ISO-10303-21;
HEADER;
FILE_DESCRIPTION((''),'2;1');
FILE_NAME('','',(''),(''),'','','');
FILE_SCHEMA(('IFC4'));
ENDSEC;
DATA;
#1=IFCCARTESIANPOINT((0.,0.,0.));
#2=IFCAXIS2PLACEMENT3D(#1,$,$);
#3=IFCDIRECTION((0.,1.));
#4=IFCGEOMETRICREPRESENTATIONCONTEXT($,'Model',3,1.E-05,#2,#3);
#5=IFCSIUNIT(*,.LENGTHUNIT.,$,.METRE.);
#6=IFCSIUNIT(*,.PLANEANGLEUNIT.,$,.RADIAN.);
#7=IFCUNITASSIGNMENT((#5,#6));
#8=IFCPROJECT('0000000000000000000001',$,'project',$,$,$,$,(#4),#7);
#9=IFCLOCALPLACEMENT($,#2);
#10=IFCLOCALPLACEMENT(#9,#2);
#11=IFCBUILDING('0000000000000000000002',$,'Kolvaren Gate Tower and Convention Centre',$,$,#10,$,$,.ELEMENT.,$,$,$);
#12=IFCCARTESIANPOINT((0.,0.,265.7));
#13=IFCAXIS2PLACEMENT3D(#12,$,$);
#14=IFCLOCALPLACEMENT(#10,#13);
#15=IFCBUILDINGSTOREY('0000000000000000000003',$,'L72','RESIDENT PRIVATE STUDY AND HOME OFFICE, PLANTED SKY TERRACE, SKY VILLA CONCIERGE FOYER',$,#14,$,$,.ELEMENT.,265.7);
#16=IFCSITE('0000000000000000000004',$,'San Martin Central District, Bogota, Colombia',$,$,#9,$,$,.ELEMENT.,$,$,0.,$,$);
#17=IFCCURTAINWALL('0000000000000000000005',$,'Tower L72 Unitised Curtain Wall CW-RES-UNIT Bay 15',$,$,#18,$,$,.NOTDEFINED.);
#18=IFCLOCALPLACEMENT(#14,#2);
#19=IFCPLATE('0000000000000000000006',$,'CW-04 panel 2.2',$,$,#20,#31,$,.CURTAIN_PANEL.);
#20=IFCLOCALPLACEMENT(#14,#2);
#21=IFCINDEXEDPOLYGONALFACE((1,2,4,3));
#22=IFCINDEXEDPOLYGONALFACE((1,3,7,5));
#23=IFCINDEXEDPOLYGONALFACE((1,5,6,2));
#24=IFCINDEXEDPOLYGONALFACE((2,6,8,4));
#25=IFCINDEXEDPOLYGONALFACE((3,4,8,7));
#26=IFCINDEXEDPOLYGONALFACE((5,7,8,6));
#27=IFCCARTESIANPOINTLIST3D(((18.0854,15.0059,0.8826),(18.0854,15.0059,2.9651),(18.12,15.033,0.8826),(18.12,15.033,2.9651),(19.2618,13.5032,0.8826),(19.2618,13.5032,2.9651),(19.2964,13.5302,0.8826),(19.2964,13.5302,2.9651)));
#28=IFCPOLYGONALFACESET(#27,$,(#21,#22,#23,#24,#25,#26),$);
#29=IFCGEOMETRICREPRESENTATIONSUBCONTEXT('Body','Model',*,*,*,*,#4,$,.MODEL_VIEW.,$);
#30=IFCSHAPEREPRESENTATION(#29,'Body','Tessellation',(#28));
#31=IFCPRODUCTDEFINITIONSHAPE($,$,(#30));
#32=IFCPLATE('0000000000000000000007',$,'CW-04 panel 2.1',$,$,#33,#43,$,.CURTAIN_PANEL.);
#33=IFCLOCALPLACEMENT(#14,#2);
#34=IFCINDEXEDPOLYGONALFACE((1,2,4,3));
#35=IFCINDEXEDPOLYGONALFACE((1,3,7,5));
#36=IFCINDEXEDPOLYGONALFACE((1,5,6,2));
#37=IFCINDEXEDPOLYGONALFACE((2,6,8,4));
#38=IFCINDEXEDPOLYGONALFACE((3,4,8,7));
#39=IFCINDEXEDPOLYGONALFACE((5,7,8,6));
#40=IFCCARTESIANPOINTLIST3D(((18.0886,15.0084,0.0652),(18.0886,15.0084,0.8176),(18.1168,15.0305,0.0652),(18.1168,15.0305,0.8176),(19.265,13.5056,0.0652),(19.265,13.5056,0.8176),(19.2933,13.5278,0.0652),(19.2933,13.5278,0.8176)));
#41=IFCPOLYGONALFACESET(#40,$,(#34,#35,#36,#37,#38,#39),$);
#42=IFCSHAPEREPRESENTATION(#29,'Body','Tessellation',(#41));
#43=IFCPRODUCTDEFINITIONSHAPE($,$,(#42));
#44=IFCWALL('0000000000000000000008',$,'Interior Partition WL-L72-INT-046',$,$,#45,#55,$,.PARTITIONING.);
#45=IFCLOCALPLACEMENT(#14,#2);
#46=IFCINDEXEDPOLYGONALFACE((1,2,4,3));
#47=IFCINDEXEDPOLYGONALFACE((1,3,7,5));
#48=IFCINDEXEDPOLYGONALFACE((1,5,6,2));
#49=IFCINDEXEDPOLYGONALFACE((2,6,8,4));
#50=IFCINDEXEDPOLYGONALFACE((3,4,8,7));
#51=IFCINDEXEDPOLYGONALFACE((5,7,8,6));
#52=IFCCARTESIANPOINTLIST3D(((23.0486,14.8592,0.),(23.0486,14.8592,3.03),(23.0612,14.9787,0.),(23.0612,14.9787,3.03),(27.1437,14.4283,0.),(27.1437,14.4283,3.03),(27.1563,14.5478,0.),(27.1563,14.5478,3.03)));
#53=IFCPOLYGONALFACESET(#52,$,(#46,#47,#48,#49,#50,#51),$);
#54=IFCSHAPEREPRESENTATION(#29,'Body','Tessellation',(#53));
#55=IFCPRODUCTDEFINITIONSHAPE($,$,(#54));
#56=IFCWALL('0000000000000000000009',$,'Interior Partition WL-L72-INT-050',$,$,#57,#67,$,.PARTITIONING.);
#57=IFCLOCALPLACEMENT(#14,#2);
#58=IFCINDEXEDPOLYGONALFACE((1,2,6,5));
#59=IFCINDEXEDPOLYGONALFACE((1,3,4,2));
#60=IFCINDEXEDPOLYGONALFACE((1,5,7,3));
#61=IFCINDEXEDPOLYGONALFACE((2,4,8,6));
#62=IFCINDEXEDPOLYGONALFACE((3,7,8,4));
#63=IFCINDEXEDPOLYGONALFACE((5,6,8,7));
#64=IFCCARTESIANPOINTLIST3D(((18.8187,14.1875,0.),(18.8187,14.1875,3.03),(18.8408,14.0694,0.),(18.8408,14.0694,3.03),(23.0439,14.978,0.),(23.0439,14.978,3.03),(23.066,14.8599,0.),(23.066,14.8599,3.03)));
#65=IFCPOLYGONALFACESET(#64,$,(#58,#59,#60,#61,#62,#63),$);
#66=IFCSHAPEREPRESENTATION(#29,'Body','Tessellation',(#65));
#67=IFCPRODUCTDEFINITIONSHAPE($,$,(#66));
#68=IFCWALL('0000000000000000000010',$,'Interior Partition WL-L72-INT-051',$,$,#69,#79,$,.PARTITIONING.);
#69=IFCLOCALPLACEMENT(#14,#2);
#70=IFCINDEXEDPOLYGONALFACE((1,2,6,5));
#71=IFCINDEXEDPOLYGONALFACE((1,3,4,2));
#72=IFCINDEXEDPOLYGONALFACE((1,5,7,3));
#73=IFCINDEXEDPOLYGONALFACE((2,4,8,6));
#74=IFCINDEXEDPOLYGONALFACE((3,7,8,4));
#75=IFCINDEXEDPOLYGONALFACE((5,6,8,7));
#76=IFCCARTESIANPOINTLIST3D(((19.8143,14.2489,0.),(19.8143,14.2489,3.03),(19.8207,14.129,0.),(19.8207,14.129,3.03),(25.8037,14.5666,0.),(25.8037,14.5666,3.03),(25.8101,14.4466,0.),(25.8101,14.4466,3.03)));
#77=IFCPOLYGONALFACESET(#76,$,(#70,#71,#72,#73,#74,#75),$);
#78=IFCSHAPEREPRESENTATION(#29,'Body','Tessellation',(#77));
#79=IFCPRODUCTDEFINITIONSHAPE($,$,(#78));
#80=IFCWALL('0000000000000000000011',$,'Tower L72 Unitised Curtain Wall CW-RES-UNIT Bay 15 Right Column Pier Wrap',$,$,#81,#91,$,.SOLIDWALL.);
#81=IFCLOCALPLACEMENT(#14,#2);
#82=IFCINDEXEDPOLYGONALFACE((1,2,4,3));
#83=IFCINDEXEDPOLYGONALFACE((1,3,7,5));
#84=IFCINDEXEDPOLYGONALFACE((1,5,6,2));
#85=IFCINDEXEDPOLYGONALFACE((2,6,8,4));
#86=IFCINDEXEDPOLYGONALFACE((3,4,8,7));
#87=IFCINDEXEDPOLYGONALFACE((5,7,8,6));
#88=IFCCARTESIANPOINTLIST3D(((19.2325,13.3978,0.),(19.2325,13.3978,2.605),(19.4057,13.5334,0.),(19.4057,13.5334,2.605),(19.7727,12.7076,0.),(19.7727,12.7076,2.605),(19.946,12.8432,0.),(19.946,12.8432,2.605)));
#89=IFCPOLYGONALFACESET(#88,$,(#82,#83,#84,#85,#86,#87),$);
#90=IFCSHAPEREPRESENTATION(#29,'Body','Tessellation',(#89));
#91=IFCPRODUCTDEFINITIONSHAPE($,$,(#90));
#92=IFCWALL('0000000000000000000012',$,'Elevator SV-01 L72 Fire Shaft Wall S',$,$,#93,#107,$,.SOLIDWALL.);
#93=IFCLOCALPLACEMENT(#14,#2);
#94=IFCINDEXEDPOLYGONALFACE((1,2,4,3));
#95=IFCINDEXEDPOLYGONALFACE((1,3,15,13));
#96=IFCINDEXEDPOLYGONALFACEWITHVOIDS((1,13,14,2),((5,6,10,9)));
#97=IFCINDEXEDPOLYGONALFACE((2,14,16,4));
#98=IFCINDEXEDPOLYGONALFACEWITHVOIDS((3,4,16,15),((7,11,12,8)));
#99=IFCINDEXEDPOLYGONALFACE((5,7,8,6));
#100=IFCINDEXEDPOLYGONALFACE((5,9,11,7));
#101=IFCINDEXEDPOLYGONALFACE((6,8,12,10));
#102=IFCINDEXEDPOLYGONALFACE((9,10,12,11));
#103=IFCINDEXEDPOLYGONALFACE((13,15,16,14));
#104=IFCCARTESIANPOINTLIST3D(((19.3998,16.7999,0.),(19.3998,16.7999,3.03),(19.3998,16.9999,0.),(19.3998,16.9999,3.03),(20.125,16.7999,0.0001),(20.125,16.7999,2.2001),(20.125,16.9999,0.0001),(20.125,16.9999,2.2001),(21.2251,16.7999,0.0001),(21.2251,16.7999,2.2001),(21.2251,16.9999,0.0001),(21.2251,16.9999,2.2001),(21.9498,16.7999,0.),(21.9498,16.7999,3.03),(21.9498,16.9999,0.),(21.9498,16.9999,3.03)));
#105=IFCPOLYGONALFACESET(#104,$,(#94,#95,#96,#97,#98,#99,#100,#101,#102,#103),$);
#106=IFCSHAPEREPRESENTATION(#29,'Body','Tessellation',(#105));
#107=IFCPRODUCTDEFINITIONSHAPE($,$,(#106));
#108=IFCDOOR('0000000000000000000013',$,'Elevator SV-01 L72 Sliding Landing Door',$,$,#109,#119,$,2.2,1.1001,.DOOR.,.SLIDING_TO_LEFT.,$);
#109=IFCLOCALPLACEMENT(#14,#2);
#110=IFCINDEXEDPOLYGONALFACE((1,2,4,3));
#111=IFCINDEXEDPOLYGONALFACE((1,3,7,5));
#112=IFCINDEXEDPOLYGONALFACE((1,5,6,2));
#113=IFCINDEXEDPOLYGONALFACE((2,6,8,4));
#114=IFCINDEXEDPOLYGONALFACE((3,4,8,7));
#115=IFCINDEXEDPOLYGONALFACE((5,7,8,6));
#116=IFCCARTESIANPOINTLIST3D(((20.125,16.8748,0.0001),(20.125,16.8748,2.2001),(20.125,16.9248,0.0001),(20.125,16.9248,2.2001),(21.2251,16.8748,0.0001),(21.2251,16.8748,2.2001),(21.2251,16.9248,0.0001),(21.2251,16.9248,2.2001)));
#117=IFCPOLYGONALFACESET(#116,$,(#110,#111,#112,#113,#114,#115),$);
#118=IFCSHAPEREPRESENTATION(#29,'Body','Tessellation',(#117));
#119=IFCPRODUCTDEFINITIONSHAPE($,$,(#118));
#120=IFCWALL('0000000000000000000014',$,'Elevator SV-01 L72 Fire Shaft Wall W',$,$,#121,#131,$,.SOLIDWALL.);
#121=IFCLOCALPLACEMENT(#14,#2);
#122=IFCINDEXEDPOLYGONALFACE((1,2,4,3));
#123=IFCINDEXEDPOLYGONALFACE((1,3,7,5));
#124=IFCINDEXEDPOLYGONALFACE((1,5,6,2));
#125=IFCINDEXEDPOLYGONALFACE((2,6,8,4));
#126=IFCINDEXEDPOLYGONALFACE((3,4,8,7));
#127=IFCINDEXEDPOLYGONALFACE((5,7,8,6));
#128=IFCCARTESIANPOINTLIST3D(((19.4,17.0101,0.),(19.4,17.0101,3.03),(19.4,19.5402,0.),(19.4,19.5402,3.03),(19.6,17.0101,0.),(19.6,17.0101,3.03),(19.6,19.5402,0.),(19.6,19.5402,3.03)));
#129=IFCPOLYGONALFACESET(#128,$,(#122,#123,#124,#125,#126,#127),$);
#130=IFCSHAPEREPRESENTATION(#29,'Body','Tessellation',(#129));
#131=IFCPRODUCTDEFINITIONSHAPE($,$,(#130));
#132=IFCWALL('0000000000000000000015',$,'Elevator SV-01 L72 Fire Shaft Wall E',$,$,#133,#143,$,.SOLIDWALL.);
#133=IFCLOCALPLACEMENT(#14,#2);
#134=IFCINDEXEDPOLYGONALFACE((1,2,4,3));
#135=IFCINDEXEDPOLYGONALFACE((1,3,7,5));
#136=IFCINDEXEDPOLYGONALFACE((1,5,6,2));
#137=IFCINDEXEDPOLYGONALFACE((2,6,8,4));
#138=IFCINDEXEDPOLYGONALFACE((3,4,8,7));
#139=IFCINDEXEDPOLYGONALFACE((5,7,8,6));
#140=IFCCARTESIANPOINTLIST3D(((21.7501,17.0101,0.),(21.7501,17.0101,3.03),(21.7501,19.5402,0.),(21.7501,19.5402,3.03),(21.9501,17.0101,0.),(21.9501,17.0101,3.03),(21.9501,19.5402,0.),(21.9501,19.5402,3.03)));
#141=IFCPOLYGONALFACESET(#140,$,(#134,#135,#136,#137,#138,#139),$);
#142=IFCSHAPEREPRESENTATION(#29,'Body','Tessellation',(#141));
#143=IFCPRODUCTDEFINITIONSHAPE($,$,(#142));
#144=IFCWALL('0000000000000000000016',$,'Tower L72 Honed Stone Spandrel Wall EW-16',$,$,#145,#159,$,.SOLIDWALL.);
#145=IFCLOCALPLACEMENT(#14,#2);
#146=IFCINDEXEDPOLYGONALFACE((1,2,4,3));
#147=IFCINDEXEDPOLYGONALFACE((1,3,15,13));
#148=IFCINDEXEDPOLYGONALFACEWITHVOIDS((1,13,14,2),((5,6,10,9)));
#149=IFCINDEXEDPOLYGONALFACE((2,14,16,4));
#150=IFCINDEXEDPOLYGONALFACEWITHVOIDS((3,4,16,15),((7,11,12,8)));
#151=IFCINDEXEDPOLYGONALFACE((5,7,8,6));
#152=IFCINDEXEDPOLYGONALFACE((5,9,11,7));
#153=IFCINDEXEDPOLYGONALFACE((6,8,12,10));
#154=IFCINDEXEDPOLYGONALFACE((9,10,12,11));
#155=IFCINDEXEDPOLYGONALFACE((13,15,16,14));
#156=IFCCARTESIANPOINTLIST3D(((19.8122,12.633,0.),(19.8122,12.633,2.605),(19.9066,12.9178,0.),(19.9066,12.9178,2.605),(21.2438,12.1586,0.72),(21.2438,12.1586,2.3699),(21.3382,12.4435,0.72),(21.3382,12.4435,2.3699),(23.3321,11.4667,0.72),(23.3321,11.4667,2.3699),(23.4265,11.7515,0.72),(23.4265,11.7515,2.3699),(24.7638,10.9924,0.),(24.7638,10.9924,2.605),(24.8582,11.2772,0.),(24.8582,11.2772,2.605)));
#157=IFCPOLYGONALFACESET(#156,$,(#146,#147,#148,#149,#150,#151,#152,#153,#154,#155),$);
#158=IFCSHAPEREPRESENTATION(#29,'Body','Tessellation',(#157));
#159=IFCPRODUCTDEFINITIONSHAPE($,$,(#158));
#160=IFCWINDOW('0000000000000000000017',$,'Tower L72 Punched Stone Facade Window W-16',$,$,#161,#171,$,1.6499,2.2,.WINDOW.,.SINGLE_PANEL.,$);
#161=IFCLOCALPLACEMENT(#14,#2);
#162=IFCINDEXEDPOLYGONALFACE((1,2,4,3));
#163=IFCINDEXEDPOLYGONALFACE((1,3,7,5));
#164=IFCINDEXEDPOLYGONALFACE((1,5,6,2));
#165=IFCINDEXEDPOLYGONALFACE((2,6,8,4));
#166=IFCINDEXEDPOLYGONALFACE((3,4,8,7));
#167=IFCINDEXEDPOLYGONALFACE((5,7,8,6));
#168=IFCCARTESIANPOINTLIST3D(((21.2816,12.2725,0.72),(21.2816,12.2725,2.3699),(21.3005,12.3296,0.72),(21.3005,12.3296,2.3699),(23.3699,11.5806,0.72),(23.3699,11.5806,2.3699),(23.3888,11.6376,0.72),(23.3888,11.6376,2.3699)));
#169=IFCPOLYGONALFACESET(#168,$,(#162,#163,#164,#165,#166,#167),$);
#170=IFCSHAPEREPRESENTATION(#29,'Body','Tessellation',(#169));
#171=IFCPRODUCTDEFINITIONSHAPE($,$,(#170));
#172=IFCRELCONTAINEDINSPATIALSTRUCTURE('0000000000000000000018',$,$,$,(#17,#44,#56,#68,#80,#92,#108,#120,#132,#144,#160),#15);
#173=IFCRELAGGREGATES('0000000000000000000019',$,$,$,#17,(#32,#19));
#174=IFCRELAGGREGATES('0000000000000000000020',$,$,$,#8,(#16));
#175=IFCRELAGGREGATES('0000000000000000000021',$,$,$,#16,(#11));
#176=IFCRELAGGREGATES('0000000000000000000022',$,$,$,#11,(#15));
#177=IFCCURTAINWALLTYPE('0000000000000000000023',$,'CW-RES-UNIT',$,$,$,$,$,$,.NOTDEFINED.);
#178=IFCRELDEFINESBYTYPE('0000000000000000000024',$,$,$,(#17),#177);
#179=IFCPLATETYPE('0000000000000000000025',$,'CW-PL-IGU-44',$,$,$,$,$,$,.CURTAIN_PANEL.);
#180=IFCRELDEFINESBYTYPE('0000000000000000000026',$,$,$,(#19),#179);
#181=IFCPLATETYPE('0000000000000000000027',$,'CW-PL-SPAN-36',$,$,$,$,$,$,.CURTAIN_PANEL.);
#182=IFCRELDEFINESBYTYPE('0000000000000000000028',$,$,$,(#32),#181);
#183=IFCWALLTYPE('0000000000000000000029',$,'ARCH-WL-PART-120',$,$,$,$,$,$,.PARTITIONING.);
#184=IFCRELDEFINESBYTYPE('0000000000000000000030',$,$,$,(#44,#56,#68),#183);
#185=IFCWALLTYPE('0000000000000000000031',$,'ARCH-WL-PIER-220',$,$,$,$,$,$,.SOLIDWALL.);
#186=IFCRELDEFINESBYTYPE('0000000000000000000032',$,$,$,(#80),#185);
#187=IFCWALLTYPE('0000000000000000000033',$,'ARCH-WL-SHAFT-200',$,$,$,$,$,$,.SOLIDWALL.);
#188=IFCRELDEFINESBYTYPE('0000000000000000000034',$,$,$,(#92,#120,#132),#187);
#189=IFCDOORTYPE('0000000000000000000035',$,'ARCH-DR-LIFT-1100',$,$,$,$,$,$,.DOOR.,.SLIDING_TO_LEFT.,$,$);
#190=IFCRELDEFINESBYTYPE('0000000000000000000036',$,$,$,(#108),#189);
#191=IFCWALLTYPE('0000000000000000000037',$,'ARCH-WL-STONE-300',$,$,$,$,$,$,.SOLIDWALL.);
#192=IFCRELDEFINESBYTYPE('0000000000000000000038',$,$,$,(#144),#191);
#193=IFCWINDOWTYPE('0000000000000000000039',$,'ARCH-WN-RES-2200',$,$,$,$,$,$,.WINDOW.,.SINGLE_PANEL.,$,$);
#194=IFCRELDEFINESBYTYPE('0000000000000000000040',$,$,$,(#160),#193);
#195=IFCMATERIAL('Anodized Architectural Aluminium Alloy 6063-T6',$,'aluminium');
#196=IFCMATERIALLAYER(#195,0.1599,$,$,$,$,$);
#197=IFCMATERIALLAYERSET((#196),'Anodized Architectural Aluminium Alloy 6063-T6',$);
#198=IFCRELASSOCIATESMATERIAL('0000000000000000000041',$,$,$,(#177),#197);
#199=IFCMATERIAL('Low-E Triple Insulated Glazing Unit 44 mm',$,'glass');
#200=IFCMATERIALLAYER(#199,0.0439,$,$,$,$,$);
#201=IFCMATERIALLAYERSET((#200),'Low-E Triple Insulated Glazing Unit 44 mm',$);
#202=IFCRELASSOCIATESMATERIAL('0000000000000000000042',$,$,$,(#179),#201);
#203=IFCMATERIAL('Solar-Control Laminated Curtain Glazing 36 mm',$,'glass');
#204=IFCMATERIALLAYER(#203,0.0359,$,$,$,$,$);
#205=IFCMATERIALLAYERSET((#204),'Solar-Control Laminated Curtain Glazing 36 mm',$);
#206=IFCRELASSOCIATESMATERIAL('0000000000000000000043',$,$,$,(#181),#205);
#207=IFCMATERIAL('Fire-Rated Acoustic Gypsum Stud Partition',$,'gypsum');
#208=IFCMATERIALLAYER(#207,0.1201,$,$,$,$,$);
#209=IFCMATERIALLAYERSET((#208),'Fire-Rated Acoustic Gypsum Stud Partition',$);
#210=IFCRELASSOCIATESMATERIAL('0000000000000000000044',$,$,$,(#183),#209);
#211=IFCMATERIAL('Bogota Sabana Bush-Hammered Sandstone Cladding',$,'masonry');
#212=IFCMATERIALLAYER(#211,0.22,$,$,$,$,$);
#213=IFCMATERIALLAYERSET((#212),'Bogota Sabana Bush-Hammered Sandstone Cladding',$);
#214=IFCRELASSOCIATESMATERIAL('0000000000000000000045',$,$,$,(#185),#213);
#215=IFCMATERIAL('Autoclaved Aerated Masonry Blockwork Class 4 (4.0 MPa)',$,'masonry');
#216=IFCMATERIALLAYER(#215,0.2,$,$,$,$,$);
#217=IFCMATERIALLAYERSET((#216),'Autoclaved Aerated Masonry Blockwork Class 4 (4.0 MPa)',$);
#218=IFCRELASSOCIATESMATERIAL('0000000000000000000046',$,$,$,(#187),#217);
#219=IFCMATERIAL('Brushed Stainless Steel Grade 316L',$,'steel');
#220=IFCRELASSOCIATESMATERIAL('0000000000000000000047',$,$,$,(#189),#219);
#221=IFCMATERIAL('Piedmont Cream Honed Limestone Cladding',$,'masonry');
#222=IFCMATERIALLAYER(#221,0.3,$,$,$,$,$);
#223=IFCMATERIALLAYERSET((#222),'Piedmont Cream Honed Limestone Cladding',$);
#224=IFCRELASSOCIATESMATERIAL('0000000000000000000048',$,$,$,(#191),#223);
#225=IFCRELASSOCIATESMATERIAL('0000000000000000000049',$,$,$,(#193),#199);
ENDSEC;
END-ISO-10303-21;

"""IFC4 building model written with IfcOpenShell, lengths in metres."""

from ifc_helpers import new_model, si_unit, direction, frame, frame_2d, origin, origin_2d, place, context, subcontext, project, spatial, rectangle, extrude, material, layer, layer_set, type_object, element, fill, aggregate, save


model = new_model("IFC4")

# Units and contexts
model_context = context("Model", 3, precision=1e-05, world=origin(), true_north=direction((0.0, 1.0)))
body_context = subcontext(model_context, "Body", "Model", "MODEL_VIEW")
ifc_project = project(units=[si_unit("LENGTHUNIT", "METRE"), si_unit("PLANEANGLEUNIT", "RADIAN")], contexts=[model_context])

# Site, building, storey
site_placement = place(None, origin())
site = spatial("IfcSite", under=ifc_project, at=site_placement, Name="San Martin Central District, Bogota, Colombia", CompositionType="ELEMENT", RefElevation=0.0)
building_placement = place(site_placement, origin())
building = spatial("IfcBuilding", under=site, at=building_placement, Name="Kolvaren Gate Tower and Convention Centre", CompositionType="ELEMENT")
storey_placement = place(building_placement, frame((0.0, 0.0, 265.7)))
storey = spatial("IfcBuildingStorey", under=building, at=storey_placement, Name="L72", Description="RESIDENT PRIVATE STUDY AND HOME OFFICE, PLANTED SKY TERRACE, SKY VILLA CONCIERGE FOYER", CompositionType="ELEMENT", Elevation=265.7)

# Curtain wall
ifc_material_1 = material(Name="Anodized Architectural Aluminium Alloy 6063-T6", Category="aluminium")
ifc_layer_1 = layer(ifc_material_1, 0.1599)
ifc_layer_set_1 = layer_set([ifc_layer_1], Name="Anodized Architectural Aluminium Alloy 6063-T6")
curtain_wall_type = type_object("IfcCurtainWallType", Name="CW-RES-UNIT", PredefinedType="NOTDEFINED", material=ifc_layer_set_1)
curtain_wall_placement = place(storey_placement, origin())
curtain_wall = element("IfcCurtainWall", 1, at=curtain_wall_placement, inside=storey, type_object=curtain_wall_type, Name="Tower L72 Unitised Curtain Wall CW-RES-UNIT Bay 15", PredefinedType="NOTDEFINED")

# Plates
ifc_material_2 = material(Name="Low-E Triple Insulated Glazing Unit 44 mm", Category="glass")
ifc_layer_2 = layer(ifc_material_2, 0.0439)
ifc_layer_set_2 = layer_set([ifc_layer_2], Name="Low-E Triple Insulated Glazing Unit 44 mm")
plate_type_1 = type_object("IfcPlateType", Name="CW-PL-IGU-44", PredefinedType="CURTAIN_PANEL", material=ifc_layer_set_2)
plate_1_placement = place(storey_placement, frame((18.6909, 14.2681, 0.8826), z_axis=(0.0, 0.0, 1.0), x_axis=(0.616426, -0.787413, 0.0)))
plate_1 = element("IfcPlate", 2, at=plate_1_placement, type_object=plate_type_1, Name="CW-04 panel 2.2", PredefinedType="CURTAIN_PANEL", context=body_context, shape_type="SweptSolid", body=[
    extrude(rectangle(XDim=1.9084, YDim=0.0439, at=origin_2d()), origin(), (0.0, 0.0, 1.0), 2.0825),
])
ifc_material_3 = material(Name="Solar-Control Laminated Curtain Glazing 36 mm", Category="glass")
ifc_layer_3 = layer(ifc_material_3, 0.0359)
ifc_layer_set_3 = layer_set([ifc_layer_3], Name="Solar-Control Laminated Curtain Glazing 36 mm")
plate_type_2 = type_object("IfcPlateType", Name="CW-PL-SPAN-36", PredefinedType="CURTAIN_PANEL", material=ifc_layer_set_3)
plate_2_placement = place(storey_placement, frame((18.6909, 14.2681, 0.0652), z_axis=(0.0, 0.0, 1.0), x_axis=(0.616426, -0.787413, 0.0)))
plate_2 = element("IfcPlate", 3, at=plate_2_placement, type_object=plate_type_2, Name="CW-04 panel 2.1", PredefinedType="CURTAIN_PANEL", context=body_context, shape_type="SweptSolid", body=[
    extrude(rectangle(XDim=1.9084, YDim=0.0359, at=origin_2d()), origin(), (0.0, 0.0, 1.0), 0.7524),
])
aggregate(curtain_wall, [plate_2, plate_1])

# Walls
ifc_material_4 = material(Name="Fire-Rated Acoustic Gypsum Stud Partition", Category="gypsum")
ifc_layer_4 = layer(ifc_material_4, 0.1201)
ifc_layer_set_4 = layer_set([ifc_layer_4], Name="Fire-Rated Acoustic Gypsum Stud Partition")
wall_type_1 = type_object("IfcWallType", Name="ARCH-WL-PART-120", PredefinedType="PARTITIONING", material=ifc_layer_set_4)
wall_1_placement = place(storey_placement, frame((23.0549, 14.9189, 0.0), z_axis=(0.0, 0.0, 1.0), x_axis=(0.994509, -0.104651, 0.0)))
element("IfcWall", 4, at=wall_1_placement, inside=storey, type_object=wall_type_1, Name="Interior Partition WL-L72-INT-046", PredefinedType="PARTITIONING", context=body_context, shape_type="SweptSolid", body=[
    extrude(rectangle(XDim=4.1177, YDim=0.1201, at=frame_2d((2.0588, 0.0))), origin(), (0.0, 0.0, 1.0), 3.03),
])
wall_2_placement = place(storey_placement, frame((18.8296, 14.1284, 0.0), z_axis=(0.0, 0.0, 1.0), x_axis=(0.982945, 0.183901, 0.0)))
element("IfcWall", 5, at=wall_2_placement, inside=storey, type_object=wall_type_1, Name="Interior Partition WL-L72-INT-050", PredefinedType="PARTITIONING", context=body_context, shape_type="SweptSolid", body=[
    extrude(rectangle(XDim=4.2986, YDim=0.1201, at=frame_2d((2.1494, 0.0))), origin(), (0.0, 0.0, 1.0), 3.03),
])
wall_3_placement = place(storey_placement, frame((19.8174, 14.189, 0.0), z_axis=(0.0, 0.0, 1.0), x_axis=(0.998597, 0.052956, 0.0)))
element("IfcWall", 6, at=wall_3_placement, inside=storey, type_object=wall_type_1, Name="Interior Partition WL-L72-INT-051", PredefinedType="PARTITIONING", context=body_context, shape_type="SweptSolid", body=[
    extrude(rectangle(XDim=5.9978, YDim=0.1201, at=frame_2d((2.999, 0.0))), origin(), (0.0, 0.0, 1.0), 3.03),
])
ifc_material_5 = material(Name="Bogota Sabana Bush-Hammered Sandstone Cladding", Category="masonry")
ifc_layer_5 = layer(ifc_material_5, 0.22)
ifc_layer_set_5 = layer_set([ifc_layer_5], Name="Bogota Sabana Bush-Hammered Sandstone Cladding")
wall_type_2 = type_object("IfcWallType", Name="ARCH-WL-PIER-220", PredefinedType="SOLIDWALL", material=ifc_layer_set_5)
wall_4_placement = place(storey_placement, frame((19.3191, 13.4656, 0.0), z_axis=(0.0, 0.0, 1.0), x_axis=(0.616406, -0.787429, 0.0)))
element("IfcWall", 7, at=wall_4_placement, inside=storey, type_object=wall_type_2, Name="Tower L72 Unitised Curtain Wall CW-RES-UNIT Bay 15 Right Column Pier Wrap", PredefinedType="SOLIDWALL", context=body_context, shape_type="SweptSolid", body=[
    extrude(rectangle(XDim=0.8765, YDim=0.22, at=frame_2d((0.4382, 0.0))), origin(), (0.0, 0.0, 1.0), 2.605),
])

# Wall, opening, door
ifc_material_6 = material(Name="Autoclaved Aerated Masonry Blockwork Class 4 (4.0 MPa)", Category="masonry")
ifc_layer_6 = layer(ifc_material_6, 0.2)
ifc_layer_set_6 = layer_set([ifc_layer_6], Name="Autoclaved Aerated Masonry Blockwork Class 4 (4.0 MPa)")
wall_type_3 = type_object("IfcWallType", Name="ARCH-WL-SHAFT-200", PredefinedType="SOLIDWALL", material=ifc_layer_set_6)
wall_5_placement = place(storey_placement, frame((19.3999, 16.8999, 0.0), z_axis=(0.0, 0.0, 1.0), x_axis=(1.0, 0.0, 0.0)))
wall_5 = element("IfcWall", 8, at=wall_5_placement, inside=storey, type_object=wall_type_3, Name="Elevator SV-01 L72 Fire Shaft Wall S", PredefinedType="SOLIDWALL", context=body_context, shape_type="SweptSolid", body=[
    extrude(rectangle(XDim=2.55, YDim=0.2, at=frame_2d((1.2749, 0.0))), origin(), (0.0, 0.0, 1.0), 3.03),
])
opening_1_placement = place(wall_5_placement, frame((0.7251, 0.0, 0.0)))
opening_1 = element("IfcOpeningElement", 9, at=opening_1_placement, cuts=wall_5, PredefinedType="OPENING", context=body_context, shape_type="SweptSolid", body=[
    extrude(rectangle(XDim=1.1001, YDim=2.2, at=frame_2d((0.55, 1.1001))), frame((0.0, 0.1099, 0.0), z_axis=(0.0, -1.0, 0.0), x_axis=(1.0, 0.0, 0.0)), (0.0, 0.0, 1.0), 0.22),
])
ifc_material_7 = material(Name="Brushed Stainless Steel Grade 316L", Category="steel")
door_type = type_object("IfcDoorType", Name="ARCH-DR-LIFT-1100", OperationType="SLIDING_TO_LEFT", PredefinedType="DOOR", material=ifc_material_7)
door_placement = place(opening_1_placement, origin())
door = element("IfcDoor", 10, at=door_placement, inside=storey, type_object=door_type, Name="Elevator SV-01 L72 Sliding Landing Door", OperationType="SLIDING_TO_LEFT", OverallHeight=2.2, OverallWidth=1.1001, PredefinedType="DOOR", context=body_context, shape_type="SweptSolid", body=[
    extrude(rectangle(XDim=1.1001, YDim=2.2, at=frame_2d((0.55, 1.1001))), frame((0.0, 0.0249, 0.0), z_axis=(0.0, -1.0, 0.0), x_axis=(1.0, 0.0, 0.0)), (0.0, 0.0, 1.0), 0.05),
])
fill(opening_1, door)

# Walls
for number, where, z_axis, x_axis, name in (
    (11, (19.5, 17.01, 0.0), (0.0, 0.0, 1.0), (0.0, 1.0, 0.0), "Elevator SV-01 L72 Fire Shaft Wall W"),
    (12, (21.8501, 17.01, 0.0), (0.0, 0.0, 1.0), (0.0, 1.0, 0.0), "Elevator SV-01 L72 Fire Shaft Wall E"),
):
    element("IfcWall", number, at=place(storey_placement, frame(where, z_axis=z_axis, x_axis=x_axis)), inside=storey, type_object=wall_type_3, Name=name, PredefinedType="SOLIDWALL", context=body_context, shape_type="SweptSolid", body=[
        extrude(rectangle(XDim=2.53, YDim=0.2, at=frame_2d((1.2651, 0.0))), origin(), (0.0, 0.0, 1.0), 3.03),
    ])

# Wall, opening, window
ifc_material_8 = material(Name="Piedmont Cream Honed Limestone Cladding", Category="masonry")
ifc_layer_7 = layer(ifc_material_8, 0.3)
ifc_layer_set_7 = layer_set([ifc_layer_7], Name="Piedmont Cream Honed Limestone Cladding")
wall_type_4 = type_object("IfcWallType", Name="ARCH-WL-STONE-300", PredefinedType="SOLIDWALL", material=ifc_layer_set_7)
wall_6_placement = place(storey_placement, frame((19.8594, 12.7754, 0.0), z_axis=(0.0, 0.0, 1.0), x_axis=(0.949253, -0.314514, 0.0)))
wall_6 = element("IfcWall", 13, at=wall_6_placement, inside=storey, type_object=wall_type_4, Name="Tower L72 Honed Stone Spandrel Wall EW-16", PredefinedType="SOLIDWALL", context=body_context, shape_type="SweptSolid", body=[
    extrude(rectangle(XDim=5.2163, YDim=0.3, at=frame_2d((2.6082, 0.0))), origin(), (0.0, 0.0, 1.0), 2.605),
])
opening_2_placement = place(wall_6_placement, frame((1.5081, 0.0, 0.72)))
opening_2 = element("IfcOpeningElement", 14, at=opening_2_placement, cuts=wall_6, PredefinedType="OPENING", context=body_context, shape_type="SweptSolid", body=[
    extrude(rectangle(XDim=2.2, YDim=1.6499, at=frame_2d((1.1001, 0.825))), frame((0.0, 0.1599, 0.0), z_axis=(0.0, -1.0, 0.0), x_axis=(1.0, 0.0, 0.0)), (0.0, 0.0, 1.0), 0.3201),
])
window_type = type_object("IfcWindowType", Name="ARCH-WN-RES-2200", PartitioningType="SINGLE_PANEL", PredefinedType="WINDOW", material=ifc_material_2)
window_placement = place(opening_2_placement, origin())
window = element("IfcWindow", 15, at=window_placement, inside=storey, type_object=window_type, Name="Tower L72 Punched Stone Facade Window W-16", OverallHeight=1.6499, OverallWidth=2.2, PartitioningType="SINGLE_PANEL", PredefinedType="WINDOW", context=body_context, shape_type="SweptSolid", body=[
    extrude(rectangle(XDim=2.2, YDim=1.6499, at=frame_2d((1.1001, 0.825))), frame((0.0, 0.03, 0.0), z_axis=(0.0, -1.0, 0.0), x_axis=(1.0, 0.0, 0.0)), (0.0, 0.0, 1.0), 0.0601),
])
fill(opening_2, window)

save(model, "model.ifc")
